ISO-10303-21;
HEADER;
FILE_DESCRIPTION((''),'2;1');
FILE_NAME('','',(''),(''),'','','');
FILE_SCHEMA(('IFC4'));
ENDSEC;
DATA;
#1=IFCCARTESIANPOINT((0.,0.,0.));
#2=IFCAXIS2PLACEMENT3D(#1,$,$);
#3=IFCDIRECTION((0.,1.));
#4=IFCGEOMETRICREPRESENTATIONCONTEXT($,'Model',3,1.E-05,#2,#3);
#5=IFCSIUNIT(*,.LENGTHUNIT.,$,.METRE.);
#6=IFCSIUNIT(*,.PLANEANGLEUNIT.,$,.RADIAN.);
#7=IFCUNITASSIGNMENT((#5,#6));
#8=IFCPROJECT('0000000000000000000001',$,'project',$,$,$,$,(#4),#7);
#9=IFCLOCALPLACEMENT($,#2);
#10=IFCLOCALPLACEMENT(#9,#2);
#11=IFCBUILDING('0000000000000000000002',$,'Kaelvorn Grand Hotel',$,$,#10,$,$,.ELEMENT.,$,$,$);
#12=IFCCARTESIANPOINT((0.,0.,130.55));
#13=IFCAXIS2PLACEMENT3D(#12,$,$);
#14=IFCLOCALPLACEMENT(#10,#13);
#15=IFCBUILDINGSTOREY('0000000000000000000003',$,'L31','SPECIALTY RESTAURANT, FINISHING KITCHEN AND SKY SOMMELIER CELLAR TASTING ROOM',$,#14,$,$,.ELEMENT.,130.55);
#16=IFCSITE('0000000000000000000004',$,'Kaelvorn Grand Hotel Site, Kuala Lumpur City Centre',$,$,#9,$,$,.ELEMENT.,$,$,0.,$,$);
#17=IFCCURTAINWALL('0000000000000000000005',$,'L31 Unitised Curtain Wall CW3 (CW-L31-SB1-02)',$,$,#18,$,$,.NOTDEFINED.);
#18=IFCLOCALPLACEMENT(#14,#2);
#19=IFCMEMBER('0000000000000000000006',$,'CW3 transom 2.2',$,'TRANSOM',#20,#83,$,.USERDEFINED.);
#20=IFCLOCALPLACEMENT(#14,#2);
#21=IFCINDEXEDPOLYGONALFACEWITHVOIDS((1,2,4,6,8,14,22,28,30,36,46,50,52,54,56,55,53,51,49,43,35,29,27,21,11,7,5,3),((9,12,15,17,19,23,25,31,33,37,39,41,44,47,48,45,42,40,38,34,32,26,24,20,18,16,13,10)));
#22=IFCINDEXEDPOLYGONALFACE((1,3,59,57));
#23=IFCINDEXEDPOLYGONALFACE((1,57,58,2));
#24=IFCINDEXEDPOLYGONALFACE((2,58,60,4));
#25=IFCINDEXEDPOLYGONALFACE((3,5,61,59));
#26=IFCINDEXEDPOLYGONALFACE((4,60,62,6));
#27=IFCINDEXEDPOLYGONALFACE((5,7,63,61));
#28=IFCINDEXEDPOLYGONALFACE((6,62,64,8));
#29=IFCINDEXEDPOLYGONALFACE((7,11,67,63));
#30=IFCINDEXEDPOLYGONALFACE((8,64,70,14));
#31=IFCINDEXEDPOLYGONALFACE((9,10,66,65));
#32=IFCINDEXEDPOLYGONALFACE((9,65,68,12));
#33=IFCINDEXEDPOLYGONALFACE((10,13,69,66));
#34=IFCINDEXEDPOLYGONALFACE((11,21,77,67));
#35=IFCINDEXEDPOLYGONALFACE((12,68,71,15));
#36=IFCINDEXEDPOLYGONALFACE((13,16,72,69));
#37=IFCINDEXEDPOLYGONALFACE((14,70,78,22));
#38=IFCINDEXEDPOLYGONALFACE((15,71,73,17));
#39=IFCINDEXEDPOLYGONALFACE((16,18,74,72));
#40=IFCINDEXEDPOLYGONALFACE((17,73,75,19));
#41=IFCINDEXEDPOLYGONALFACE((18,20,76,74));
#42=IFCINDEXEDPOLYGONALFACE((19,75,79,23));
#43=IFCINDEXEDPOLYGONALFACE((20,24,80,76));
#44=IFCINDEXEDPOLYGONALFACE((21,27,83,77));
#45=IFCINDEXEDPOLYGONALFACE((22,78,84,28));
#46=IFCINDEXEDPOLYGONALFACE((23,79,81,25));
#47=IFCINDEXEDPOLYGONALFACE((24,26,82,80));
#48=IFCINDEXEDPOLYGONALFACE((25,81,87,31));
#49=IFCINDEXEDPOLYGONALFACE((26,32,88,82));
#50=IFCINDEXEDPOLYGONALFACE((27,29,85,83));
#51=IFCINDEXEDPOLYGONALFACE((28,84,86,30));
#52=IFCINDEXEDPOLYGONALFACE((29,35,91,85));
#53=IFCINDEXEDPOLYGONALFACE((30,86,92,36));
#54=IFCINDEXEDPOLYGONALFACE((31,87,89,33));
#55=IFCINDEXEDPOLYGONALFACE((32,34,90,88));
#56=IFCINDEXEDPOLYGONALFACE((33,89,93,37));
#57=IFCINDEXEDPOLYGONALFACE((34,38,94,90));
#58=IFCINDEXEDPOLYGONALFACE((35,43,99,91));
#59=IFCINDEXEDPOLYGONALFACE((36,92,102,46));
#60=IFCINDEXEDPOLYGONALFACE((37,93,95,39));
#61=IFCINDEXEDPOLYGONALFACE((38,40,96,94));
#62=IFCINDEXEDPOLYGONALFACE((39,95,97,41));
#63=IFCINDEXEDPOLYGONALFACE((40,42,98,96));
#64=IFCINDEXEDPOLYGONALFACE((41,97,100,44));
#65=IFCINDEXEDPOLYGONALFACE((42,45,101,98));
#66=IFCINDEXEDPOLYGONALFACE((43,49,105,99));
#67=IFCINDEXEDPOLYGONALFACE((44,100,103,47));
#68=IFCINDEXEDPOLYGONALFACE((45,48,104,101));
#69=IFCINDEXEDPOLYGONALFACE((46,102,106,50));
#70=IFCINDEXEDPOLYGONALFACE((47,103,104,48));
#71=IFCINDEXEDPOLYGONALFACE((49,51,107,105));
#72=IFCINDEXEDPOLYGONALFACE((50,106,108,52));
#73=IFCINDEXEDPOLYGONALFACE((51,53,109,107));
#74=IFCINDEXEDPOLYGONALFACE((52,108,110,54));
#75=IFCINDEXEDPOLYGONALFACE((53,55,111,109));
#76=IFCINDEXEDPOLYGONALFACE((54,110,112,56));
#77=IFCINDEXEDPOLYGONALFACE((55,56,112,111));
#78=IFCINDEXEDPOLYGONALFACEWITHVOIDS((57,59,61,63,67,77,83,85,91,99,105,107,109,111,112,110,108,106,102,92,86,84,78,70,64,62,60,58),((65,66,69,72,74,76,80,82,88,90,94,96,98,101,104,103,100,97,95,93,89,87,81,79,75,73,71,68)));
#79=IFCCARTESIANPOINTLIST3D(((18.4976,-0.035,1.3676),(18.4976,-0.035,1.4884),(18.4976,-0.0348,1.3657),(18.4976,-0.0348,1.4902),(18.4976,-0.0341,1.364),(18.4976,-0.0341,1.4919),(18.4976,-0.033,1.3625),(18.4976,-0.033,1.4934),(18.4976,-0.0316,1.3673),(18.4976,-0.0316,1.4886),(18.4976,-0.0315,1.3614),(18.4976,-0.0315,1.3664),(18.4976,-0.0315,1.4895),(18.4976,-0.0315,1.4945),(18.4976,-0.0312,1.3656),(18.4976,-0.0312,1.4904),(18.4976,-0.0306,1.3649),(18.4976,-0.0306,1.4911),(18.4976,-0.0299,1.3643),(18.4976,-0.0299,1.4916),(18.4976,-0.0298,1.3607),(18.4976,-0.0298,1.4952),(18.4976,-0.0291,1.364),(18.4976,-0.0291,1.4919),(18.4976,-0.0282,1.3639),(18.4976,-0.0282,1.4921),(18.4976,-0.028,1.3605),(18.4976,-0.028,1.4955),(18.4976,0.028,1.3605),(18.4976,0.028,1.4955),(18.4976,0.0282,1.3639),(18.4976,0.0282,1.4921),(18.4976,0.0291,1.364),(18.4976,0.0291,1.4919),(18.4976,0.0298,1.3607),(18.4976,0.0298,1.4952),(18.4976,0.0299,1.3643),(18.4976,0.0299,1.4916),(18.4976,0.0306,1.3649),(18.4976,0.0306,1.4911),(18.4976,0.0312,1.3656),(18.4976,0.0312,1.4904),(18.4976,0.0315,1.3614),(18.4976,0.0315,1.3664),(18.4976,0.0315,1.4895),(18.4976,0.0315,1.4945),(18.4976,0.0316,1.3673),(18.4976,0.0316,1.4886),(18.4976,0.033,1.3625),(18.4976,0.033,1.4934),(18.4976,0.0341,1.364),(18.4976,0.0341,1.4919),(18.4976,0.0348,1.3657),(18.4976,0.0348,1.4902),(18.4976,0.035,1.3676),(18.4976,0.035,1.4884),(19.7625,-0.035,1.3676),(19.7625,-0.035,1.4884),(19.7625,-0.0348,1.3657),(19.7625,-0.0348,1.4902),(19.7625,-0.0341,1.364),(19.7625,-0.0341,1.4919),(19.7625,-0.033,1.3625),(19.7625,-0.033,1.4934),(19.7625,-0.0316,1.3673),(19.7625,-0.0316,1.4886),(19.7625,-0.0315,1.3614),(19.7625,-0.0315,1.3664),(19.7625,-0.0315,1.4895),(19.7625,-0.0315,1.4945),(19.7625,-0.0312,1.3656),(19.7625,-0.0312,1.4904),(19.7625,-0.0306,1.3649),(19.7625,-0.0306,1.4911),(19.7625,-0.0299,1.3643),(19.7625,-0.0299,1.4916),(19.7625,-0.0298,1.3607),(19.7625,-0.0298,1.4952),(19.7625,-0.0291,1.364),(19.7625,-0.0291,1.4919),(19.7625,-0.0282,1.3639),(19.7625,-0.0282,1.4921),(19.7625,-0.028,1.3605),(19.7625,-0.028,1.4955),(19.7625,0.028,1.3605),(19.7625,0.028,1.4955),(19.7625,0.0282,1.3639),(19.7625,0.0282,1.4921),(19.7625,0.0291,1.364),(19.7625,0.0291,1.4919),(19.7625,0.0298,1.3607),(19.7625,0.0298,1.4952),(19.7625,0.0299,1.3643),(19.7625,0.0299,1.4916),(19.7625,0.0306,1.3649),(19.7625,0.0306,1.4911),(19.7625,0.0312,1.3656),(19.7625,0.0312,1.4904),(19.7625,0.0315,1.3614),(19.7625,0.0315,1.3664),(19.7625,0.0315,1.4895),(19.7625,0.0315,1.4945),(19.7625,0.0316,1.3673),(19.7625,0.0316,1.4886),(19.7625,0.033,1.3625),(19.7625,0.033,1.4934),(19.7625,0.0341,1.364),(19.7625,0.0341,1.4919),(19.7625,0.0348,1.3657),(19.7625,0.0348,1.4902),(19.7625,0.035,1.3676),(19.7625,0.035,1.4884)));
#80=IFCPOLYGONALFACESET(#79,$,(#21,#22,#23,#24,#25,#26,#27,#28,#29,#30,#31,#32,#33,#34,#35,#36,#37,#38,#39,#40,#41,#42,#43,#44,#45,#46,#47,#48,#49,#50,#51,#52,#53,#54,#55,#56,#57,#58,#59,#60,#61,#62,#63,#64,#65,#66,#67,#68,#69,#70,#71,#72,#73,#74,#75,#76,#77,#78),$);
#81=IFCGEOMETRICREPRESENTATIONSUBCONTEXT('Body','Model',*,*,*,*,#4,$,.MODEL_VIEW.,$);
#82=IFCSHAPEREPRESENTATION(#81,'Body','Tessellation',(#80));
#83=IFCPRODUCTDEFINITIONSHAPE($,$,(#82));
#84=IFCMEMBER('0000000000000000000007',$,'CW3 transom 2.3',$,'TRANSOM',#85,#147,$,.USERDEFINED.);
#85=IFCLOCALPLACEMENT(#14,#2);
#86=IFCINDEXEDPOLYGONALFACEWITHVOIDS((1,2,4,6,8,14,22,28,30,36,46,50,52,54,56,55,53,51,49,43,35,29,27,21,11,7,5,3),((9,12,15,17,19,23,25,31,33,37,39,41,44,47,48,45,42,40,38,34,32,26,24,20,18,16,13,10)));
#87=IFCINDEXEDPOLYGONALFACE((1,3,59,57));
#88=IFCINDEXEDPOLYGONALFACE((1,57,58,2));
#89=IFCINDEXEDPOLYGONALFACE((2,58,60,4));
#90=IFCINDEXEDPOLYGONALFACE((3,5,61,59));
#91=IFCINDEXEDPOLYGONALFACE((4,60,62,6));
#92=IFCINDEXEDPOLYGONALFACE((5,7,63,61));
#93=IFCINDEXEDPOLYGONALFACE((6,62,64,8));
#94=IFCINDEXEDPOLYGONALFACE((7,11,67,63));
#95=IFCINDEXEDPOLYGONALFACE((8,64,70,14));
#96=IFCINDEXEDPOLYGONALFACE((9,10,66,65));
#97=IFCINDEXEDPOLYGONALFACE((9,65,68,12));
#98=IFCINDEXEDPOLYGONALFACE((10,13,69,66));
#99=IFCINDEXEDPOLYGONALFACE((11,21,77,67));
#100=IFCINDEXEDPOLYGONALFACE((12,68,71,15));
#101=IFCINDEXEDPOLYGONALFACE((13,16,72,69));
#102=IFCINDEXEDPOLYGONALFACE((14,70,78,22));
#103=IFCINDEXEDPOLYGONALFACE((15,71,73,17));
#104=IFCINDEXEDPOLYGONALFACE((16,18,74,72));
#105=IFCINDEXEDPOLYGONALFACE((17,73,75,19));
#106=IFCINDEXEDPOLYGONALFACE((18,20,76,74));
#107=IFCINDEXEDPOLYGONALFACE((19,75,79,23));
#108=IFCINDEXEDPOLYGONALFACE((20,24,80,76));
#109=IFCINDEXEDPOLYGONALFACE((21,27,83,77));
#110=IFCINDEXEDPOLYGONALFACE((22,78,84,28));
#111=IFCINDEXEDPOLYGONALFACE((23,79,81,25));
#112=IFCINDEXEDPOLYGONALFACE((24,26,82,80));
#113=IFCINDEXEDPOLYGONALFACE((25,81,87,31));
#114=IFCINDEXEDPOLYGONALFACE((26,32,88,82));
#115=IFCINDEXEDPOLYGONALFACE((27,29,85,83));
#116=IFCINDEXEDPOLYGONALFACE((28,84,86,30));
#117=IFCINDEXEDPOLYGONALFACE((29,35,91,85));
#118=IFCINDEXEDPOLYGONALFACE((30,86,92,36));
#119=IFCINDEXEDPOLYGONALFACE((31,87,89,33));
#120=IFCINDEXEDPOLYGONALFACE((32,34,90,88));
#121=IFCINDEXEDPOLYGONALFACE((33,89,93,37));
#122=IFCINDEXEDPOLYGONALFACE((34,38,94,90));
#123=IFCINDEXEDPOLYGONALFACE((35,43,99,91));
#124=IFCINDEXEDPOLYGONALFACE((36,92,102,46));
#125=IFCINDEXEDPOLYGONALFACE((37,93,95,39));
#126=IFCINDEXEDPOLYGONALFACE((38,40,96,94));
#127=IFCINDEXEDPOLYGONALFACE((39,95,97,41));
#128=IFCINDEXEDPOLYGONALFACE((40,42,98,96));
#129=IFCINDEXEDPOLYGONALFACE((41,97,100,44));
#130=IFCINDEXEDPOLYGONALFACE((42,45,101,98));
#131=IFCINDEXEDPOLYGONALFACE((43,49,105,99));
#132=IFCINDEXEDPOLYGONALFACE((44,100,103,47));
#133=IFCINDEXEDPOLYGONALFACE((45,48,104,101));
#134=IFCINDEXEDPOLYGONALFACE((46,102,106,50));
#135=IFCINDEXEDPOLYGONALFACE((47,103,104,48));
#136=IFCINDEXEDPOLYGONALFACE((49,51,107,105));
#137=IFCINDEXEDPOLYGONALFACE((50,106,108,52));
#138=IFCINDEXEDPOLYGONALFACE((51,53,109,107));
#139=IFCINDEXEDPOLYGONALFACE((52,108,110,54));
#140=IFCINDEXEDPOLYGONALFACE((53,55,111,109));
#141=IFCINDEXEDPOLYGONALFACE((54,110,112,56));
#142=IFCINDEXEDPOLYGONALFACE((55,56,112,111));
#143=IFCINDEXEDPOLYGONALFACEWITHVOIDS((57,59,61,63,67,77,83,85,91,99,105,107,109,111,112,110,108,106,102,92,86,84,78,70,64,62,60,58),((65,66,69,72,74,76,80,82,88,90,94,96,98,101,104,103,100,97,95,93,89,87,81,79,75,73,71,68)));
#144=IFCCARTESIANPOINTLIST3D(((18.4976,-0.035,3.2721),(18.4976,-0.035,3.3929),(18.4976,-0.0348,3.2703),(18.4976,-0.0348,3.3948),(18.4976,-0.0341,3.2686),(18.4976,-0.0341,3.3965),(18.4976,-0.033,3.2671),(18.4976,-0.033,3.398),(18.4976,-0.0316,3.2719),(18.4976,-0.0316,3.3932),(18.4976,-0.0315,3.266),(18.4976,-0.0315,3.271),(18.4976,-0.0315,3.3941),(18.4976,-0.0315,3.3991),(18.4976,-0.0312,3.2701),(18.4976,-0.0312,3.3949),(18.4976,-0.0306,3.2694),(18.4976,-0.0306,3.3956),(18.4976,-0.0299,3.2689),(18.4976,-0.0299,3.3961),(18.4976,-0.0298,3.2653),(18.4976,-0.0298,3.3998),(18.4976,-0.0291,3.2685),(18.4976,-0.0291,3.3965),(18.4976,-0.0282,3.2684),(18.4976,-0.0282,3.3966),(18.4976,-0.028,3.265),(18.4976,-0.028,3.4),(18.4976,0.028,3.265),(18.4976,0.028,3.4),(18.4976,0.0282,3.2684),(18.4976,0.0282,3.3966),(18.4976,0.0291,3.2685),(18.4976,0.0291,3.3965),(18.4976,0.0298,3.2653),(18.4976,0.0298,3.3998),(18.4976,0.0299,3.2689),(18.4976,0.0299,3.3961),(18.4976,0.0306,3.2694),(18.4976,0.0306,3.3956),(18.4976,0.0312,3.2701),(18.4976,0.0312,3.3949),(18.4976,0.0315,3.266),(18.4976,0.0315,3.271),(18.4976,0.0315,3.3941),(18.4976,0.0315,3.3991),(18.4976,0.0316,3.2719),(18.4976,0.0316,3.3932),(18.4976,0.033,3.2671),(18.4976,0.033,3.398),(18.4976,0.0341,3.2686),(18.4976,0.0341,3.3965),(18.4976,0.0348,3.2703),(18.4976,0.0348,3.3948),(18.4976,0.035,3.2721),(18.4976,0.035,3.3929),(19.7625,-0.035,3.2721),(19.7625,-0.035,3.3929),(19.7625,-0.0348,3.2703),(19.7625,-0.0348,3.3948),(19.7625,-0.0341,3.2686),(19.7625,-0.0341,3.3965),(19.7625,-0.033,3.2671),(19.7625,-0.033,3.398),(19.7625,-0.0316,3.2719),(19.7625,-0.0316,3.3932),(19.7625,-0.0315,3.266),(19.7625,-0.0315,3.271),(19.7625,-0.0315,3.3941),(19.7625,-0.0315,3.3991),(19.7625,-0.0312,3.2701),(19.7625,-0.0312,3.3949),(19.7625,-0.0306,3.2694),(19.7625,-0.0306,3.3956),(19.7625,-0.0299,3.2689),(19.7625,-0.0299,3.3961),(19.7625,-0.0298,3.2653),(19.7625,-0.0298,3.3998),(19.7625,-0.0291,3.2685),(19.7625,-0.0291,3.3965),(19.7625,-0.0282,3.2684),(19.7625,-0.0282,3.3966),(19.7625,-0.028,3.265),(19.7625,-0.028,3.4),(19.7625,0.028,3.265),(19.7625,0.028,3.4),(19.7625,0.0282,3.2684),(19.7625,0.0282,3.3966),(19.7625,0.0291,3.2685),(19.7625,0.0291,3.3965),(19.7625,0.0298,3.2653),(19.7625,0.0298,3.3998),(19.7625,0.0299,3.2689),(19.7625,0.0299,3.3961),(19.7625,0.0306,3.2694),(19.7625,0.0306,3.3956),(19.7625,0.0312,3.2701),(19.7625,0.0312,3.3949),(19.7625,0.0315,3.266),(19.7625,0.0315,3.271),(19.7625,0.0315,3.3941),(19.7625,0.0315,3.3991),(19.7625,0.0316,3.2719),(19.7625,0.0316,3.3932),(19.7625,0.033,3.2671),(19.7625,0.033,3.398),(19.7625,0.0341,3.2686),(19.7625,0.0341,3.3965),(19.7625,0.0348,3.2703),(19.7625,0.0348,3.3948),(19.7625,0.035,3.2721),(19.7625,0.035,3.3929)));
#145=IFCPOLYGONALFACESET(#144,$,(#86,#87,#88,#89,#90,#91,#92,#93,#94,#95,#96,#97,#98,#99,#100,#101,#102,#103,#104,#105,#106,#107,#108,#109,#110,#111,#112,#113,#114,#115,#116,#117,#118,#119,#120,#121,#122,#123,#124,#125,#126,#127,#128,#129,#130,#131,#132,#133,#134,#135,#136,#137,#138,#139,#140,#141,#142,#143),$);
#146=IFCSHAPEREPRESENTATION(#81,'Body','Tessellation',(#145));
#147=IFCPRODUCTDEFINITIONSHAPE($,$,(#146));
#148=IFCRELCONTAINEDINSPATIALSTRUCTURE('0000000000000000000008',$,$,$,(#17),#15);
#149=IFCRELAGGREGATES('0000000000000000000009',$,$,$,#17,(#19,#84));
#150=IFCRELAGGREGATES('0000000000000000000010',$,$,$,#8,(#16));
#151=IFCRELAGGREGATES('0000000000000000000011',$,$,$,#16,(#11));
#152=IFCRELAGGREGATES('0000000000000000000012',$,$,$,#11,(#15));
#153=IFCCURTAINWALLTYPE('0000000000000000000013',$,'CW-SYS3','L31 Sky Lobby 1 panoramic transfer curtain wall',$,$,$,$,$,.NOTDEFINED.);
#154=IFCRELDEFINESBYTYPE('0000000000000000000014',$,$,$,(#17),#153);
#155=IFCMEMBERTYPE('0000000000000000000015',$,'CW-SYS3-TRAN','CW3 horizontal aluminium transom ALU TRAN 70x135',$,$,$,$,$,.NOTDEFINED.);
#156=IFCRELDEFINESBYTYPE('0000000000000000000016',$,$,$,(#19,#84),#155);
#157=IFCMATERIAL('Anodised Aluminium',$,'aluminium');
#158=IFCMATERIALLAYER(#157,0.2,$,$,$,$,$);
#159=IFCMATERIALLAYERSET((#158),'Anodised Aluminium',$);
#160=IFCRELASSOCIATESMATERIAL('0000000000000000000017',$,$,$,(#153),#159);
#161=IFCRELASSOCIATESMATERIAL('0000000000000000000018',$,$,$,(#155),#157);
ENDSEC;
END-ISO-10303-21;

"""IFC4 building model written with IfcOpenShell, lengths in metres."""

from ifc_helpers import new_model, si_unit, direction, frame, origin, origin_2d, place, context, subcontext, project, spatial, hollow_rectangle, extrude, material, layer, layer_set, material_profile, profile_set, type_object, element, aggregate, save


model = new_model("IFC4")

# Units and contexts
model_context = context("Model", 3, precision=1e-05, world=origin(), true_north=direction((0.0, 1.0)))
body_context = subcontext(model_context, "Body", "Model", "MODEL_VIEW")
ifc_project = project(units=[si_unit("LENGTHUNIT", "METRE"), si_unit("PLANEANGLEUNIT", "RADIAN")], contexts=[model_context])

# Site, building, storey
site_placement = place(None, origin())
site = spatial("IfcSite", under=ifc_project, at=site_placement, Name="Kaelvorn Grand Hotel Site, Kuala Lumpur City Centre", CompositionType="ELEMENT", RefElevation=0.0)
building_placement = place(site_placement, origin())
building = spatial("IfcBuilding", under=site, at=building_placement, Name="Kaelvorn Grand Hotel", CompositionType="ELEMENT")
storey_placement = place(building_placement, frame((0.0, 0.0, 130.55)))
storey = spatial("IfcBuildingStorey", under=building, at=storey_placement, Name="L31", Description="SPECIALTY RESTAURANT, FINISHING KITCHEN AND SKY SOMMELIER CELLAR TASTING ROOM", CompositionType="ELEMENT", Elevation=130.55)

# Curtain wall, members
ifc_material_1 = material(Name="Anodised Aluminium", Category="aluminium")
ifc_layer_1 = layer(ifc_material_1, 0.2)
ifc_layer_set_1 = layer_set([ifc_layer_1], Name="Anodised Aluminium")
curtain_wall_type = type_object("IfcCurtainWallType", Name="CW-SYS3", Description="L31 Sky Lobby 1 panoramic transfer curtain wall", PredefinedType="NOTDEFINED", material=ifc_layer_set_1)
curtain_wall_placement = place(storey_placement, origin())
curtain_wall = element("IfcCurtainWall", 1, at=curtain_wall_placement, inside=storey, type_object=curtain_wall_type, Name="L31 Unitised Curtain Wall CW3 (CW-L31-SB1-02)", PredefinedType="NOTDEFINED")
ifc_material_profile_1 = material_profile(ifc_material_1, hollow_rectangle(XDim=0.0701, YDim=0.135, WallThickness=0.0034, InnerFilletRadius=0.0034, OuterFilletRadius=0.0071, at=origin_2d()), Name="ALU TRAN 70x135")
ifc_profile_set_1 = profile_set([ifc_material_profile_1], Name="Anodised Aluminium")
member_type_1 = type_object("IfcMemberType", Name="CW-SYS3-TRAN", Description="CW3 horizontal aluminium transom ALU TRAN 70x135", PredefinedType="NOTDEFINED", material=ifc_profile_set_1)
member_1_placement = place(storey_placement, frame((18.4976, 0.0, 1.428), z_axis=(1.0, 0.0, 0.0), x_axis=(0.0, 1.0, 0.0)))
member_1 = element("IfcMember", 2, at=member_1_placement, type_object=member_type_1, Name="CW3 transom 2.2", ObjectType="TRANSOM", PredefinedType="USERDEFINED", context=body_context, shape_type="SweptSolid", body=[
    extrude(hollow_rectangle(XDim=0.0701, YDim=0.135, WallThickness=0.0034, InnerFilletRadius=0.0034, OuterFilletRadius=0.0071, at=origin_2d()), origin(), (0.0, 0.0, 1.0), 1.2649),
])
member_2_placement = place(storey_placement, frame((18.4976, 0.0, 3.3325), z_axis=(1.0, 0.0, 0.0), x_axis=(0.0, 1.0, 0.0)))
member_2 = element("IfcMember", 3, at=member_2_placement, type_object=member_type_1, Name="CW3 transom 2.3", ObjectType="TRANSOM", PredefinedType="USERDEFINED", context=body_context, shape_type="SweptSolid", body=[
    extrude(hollow_rectangle(XDim=0.0701, YDim=0.135, WallThickness=0.0034, InnerFilletRadius=0.0034, OuterFilletRadius=0.0071, at=origin_2d()), origin(), (0.0, 0.0, 1.0), 1.2649),
])
aggregate(curtain_wall, [member_1, member_2])

save(model, "model.ifc")
